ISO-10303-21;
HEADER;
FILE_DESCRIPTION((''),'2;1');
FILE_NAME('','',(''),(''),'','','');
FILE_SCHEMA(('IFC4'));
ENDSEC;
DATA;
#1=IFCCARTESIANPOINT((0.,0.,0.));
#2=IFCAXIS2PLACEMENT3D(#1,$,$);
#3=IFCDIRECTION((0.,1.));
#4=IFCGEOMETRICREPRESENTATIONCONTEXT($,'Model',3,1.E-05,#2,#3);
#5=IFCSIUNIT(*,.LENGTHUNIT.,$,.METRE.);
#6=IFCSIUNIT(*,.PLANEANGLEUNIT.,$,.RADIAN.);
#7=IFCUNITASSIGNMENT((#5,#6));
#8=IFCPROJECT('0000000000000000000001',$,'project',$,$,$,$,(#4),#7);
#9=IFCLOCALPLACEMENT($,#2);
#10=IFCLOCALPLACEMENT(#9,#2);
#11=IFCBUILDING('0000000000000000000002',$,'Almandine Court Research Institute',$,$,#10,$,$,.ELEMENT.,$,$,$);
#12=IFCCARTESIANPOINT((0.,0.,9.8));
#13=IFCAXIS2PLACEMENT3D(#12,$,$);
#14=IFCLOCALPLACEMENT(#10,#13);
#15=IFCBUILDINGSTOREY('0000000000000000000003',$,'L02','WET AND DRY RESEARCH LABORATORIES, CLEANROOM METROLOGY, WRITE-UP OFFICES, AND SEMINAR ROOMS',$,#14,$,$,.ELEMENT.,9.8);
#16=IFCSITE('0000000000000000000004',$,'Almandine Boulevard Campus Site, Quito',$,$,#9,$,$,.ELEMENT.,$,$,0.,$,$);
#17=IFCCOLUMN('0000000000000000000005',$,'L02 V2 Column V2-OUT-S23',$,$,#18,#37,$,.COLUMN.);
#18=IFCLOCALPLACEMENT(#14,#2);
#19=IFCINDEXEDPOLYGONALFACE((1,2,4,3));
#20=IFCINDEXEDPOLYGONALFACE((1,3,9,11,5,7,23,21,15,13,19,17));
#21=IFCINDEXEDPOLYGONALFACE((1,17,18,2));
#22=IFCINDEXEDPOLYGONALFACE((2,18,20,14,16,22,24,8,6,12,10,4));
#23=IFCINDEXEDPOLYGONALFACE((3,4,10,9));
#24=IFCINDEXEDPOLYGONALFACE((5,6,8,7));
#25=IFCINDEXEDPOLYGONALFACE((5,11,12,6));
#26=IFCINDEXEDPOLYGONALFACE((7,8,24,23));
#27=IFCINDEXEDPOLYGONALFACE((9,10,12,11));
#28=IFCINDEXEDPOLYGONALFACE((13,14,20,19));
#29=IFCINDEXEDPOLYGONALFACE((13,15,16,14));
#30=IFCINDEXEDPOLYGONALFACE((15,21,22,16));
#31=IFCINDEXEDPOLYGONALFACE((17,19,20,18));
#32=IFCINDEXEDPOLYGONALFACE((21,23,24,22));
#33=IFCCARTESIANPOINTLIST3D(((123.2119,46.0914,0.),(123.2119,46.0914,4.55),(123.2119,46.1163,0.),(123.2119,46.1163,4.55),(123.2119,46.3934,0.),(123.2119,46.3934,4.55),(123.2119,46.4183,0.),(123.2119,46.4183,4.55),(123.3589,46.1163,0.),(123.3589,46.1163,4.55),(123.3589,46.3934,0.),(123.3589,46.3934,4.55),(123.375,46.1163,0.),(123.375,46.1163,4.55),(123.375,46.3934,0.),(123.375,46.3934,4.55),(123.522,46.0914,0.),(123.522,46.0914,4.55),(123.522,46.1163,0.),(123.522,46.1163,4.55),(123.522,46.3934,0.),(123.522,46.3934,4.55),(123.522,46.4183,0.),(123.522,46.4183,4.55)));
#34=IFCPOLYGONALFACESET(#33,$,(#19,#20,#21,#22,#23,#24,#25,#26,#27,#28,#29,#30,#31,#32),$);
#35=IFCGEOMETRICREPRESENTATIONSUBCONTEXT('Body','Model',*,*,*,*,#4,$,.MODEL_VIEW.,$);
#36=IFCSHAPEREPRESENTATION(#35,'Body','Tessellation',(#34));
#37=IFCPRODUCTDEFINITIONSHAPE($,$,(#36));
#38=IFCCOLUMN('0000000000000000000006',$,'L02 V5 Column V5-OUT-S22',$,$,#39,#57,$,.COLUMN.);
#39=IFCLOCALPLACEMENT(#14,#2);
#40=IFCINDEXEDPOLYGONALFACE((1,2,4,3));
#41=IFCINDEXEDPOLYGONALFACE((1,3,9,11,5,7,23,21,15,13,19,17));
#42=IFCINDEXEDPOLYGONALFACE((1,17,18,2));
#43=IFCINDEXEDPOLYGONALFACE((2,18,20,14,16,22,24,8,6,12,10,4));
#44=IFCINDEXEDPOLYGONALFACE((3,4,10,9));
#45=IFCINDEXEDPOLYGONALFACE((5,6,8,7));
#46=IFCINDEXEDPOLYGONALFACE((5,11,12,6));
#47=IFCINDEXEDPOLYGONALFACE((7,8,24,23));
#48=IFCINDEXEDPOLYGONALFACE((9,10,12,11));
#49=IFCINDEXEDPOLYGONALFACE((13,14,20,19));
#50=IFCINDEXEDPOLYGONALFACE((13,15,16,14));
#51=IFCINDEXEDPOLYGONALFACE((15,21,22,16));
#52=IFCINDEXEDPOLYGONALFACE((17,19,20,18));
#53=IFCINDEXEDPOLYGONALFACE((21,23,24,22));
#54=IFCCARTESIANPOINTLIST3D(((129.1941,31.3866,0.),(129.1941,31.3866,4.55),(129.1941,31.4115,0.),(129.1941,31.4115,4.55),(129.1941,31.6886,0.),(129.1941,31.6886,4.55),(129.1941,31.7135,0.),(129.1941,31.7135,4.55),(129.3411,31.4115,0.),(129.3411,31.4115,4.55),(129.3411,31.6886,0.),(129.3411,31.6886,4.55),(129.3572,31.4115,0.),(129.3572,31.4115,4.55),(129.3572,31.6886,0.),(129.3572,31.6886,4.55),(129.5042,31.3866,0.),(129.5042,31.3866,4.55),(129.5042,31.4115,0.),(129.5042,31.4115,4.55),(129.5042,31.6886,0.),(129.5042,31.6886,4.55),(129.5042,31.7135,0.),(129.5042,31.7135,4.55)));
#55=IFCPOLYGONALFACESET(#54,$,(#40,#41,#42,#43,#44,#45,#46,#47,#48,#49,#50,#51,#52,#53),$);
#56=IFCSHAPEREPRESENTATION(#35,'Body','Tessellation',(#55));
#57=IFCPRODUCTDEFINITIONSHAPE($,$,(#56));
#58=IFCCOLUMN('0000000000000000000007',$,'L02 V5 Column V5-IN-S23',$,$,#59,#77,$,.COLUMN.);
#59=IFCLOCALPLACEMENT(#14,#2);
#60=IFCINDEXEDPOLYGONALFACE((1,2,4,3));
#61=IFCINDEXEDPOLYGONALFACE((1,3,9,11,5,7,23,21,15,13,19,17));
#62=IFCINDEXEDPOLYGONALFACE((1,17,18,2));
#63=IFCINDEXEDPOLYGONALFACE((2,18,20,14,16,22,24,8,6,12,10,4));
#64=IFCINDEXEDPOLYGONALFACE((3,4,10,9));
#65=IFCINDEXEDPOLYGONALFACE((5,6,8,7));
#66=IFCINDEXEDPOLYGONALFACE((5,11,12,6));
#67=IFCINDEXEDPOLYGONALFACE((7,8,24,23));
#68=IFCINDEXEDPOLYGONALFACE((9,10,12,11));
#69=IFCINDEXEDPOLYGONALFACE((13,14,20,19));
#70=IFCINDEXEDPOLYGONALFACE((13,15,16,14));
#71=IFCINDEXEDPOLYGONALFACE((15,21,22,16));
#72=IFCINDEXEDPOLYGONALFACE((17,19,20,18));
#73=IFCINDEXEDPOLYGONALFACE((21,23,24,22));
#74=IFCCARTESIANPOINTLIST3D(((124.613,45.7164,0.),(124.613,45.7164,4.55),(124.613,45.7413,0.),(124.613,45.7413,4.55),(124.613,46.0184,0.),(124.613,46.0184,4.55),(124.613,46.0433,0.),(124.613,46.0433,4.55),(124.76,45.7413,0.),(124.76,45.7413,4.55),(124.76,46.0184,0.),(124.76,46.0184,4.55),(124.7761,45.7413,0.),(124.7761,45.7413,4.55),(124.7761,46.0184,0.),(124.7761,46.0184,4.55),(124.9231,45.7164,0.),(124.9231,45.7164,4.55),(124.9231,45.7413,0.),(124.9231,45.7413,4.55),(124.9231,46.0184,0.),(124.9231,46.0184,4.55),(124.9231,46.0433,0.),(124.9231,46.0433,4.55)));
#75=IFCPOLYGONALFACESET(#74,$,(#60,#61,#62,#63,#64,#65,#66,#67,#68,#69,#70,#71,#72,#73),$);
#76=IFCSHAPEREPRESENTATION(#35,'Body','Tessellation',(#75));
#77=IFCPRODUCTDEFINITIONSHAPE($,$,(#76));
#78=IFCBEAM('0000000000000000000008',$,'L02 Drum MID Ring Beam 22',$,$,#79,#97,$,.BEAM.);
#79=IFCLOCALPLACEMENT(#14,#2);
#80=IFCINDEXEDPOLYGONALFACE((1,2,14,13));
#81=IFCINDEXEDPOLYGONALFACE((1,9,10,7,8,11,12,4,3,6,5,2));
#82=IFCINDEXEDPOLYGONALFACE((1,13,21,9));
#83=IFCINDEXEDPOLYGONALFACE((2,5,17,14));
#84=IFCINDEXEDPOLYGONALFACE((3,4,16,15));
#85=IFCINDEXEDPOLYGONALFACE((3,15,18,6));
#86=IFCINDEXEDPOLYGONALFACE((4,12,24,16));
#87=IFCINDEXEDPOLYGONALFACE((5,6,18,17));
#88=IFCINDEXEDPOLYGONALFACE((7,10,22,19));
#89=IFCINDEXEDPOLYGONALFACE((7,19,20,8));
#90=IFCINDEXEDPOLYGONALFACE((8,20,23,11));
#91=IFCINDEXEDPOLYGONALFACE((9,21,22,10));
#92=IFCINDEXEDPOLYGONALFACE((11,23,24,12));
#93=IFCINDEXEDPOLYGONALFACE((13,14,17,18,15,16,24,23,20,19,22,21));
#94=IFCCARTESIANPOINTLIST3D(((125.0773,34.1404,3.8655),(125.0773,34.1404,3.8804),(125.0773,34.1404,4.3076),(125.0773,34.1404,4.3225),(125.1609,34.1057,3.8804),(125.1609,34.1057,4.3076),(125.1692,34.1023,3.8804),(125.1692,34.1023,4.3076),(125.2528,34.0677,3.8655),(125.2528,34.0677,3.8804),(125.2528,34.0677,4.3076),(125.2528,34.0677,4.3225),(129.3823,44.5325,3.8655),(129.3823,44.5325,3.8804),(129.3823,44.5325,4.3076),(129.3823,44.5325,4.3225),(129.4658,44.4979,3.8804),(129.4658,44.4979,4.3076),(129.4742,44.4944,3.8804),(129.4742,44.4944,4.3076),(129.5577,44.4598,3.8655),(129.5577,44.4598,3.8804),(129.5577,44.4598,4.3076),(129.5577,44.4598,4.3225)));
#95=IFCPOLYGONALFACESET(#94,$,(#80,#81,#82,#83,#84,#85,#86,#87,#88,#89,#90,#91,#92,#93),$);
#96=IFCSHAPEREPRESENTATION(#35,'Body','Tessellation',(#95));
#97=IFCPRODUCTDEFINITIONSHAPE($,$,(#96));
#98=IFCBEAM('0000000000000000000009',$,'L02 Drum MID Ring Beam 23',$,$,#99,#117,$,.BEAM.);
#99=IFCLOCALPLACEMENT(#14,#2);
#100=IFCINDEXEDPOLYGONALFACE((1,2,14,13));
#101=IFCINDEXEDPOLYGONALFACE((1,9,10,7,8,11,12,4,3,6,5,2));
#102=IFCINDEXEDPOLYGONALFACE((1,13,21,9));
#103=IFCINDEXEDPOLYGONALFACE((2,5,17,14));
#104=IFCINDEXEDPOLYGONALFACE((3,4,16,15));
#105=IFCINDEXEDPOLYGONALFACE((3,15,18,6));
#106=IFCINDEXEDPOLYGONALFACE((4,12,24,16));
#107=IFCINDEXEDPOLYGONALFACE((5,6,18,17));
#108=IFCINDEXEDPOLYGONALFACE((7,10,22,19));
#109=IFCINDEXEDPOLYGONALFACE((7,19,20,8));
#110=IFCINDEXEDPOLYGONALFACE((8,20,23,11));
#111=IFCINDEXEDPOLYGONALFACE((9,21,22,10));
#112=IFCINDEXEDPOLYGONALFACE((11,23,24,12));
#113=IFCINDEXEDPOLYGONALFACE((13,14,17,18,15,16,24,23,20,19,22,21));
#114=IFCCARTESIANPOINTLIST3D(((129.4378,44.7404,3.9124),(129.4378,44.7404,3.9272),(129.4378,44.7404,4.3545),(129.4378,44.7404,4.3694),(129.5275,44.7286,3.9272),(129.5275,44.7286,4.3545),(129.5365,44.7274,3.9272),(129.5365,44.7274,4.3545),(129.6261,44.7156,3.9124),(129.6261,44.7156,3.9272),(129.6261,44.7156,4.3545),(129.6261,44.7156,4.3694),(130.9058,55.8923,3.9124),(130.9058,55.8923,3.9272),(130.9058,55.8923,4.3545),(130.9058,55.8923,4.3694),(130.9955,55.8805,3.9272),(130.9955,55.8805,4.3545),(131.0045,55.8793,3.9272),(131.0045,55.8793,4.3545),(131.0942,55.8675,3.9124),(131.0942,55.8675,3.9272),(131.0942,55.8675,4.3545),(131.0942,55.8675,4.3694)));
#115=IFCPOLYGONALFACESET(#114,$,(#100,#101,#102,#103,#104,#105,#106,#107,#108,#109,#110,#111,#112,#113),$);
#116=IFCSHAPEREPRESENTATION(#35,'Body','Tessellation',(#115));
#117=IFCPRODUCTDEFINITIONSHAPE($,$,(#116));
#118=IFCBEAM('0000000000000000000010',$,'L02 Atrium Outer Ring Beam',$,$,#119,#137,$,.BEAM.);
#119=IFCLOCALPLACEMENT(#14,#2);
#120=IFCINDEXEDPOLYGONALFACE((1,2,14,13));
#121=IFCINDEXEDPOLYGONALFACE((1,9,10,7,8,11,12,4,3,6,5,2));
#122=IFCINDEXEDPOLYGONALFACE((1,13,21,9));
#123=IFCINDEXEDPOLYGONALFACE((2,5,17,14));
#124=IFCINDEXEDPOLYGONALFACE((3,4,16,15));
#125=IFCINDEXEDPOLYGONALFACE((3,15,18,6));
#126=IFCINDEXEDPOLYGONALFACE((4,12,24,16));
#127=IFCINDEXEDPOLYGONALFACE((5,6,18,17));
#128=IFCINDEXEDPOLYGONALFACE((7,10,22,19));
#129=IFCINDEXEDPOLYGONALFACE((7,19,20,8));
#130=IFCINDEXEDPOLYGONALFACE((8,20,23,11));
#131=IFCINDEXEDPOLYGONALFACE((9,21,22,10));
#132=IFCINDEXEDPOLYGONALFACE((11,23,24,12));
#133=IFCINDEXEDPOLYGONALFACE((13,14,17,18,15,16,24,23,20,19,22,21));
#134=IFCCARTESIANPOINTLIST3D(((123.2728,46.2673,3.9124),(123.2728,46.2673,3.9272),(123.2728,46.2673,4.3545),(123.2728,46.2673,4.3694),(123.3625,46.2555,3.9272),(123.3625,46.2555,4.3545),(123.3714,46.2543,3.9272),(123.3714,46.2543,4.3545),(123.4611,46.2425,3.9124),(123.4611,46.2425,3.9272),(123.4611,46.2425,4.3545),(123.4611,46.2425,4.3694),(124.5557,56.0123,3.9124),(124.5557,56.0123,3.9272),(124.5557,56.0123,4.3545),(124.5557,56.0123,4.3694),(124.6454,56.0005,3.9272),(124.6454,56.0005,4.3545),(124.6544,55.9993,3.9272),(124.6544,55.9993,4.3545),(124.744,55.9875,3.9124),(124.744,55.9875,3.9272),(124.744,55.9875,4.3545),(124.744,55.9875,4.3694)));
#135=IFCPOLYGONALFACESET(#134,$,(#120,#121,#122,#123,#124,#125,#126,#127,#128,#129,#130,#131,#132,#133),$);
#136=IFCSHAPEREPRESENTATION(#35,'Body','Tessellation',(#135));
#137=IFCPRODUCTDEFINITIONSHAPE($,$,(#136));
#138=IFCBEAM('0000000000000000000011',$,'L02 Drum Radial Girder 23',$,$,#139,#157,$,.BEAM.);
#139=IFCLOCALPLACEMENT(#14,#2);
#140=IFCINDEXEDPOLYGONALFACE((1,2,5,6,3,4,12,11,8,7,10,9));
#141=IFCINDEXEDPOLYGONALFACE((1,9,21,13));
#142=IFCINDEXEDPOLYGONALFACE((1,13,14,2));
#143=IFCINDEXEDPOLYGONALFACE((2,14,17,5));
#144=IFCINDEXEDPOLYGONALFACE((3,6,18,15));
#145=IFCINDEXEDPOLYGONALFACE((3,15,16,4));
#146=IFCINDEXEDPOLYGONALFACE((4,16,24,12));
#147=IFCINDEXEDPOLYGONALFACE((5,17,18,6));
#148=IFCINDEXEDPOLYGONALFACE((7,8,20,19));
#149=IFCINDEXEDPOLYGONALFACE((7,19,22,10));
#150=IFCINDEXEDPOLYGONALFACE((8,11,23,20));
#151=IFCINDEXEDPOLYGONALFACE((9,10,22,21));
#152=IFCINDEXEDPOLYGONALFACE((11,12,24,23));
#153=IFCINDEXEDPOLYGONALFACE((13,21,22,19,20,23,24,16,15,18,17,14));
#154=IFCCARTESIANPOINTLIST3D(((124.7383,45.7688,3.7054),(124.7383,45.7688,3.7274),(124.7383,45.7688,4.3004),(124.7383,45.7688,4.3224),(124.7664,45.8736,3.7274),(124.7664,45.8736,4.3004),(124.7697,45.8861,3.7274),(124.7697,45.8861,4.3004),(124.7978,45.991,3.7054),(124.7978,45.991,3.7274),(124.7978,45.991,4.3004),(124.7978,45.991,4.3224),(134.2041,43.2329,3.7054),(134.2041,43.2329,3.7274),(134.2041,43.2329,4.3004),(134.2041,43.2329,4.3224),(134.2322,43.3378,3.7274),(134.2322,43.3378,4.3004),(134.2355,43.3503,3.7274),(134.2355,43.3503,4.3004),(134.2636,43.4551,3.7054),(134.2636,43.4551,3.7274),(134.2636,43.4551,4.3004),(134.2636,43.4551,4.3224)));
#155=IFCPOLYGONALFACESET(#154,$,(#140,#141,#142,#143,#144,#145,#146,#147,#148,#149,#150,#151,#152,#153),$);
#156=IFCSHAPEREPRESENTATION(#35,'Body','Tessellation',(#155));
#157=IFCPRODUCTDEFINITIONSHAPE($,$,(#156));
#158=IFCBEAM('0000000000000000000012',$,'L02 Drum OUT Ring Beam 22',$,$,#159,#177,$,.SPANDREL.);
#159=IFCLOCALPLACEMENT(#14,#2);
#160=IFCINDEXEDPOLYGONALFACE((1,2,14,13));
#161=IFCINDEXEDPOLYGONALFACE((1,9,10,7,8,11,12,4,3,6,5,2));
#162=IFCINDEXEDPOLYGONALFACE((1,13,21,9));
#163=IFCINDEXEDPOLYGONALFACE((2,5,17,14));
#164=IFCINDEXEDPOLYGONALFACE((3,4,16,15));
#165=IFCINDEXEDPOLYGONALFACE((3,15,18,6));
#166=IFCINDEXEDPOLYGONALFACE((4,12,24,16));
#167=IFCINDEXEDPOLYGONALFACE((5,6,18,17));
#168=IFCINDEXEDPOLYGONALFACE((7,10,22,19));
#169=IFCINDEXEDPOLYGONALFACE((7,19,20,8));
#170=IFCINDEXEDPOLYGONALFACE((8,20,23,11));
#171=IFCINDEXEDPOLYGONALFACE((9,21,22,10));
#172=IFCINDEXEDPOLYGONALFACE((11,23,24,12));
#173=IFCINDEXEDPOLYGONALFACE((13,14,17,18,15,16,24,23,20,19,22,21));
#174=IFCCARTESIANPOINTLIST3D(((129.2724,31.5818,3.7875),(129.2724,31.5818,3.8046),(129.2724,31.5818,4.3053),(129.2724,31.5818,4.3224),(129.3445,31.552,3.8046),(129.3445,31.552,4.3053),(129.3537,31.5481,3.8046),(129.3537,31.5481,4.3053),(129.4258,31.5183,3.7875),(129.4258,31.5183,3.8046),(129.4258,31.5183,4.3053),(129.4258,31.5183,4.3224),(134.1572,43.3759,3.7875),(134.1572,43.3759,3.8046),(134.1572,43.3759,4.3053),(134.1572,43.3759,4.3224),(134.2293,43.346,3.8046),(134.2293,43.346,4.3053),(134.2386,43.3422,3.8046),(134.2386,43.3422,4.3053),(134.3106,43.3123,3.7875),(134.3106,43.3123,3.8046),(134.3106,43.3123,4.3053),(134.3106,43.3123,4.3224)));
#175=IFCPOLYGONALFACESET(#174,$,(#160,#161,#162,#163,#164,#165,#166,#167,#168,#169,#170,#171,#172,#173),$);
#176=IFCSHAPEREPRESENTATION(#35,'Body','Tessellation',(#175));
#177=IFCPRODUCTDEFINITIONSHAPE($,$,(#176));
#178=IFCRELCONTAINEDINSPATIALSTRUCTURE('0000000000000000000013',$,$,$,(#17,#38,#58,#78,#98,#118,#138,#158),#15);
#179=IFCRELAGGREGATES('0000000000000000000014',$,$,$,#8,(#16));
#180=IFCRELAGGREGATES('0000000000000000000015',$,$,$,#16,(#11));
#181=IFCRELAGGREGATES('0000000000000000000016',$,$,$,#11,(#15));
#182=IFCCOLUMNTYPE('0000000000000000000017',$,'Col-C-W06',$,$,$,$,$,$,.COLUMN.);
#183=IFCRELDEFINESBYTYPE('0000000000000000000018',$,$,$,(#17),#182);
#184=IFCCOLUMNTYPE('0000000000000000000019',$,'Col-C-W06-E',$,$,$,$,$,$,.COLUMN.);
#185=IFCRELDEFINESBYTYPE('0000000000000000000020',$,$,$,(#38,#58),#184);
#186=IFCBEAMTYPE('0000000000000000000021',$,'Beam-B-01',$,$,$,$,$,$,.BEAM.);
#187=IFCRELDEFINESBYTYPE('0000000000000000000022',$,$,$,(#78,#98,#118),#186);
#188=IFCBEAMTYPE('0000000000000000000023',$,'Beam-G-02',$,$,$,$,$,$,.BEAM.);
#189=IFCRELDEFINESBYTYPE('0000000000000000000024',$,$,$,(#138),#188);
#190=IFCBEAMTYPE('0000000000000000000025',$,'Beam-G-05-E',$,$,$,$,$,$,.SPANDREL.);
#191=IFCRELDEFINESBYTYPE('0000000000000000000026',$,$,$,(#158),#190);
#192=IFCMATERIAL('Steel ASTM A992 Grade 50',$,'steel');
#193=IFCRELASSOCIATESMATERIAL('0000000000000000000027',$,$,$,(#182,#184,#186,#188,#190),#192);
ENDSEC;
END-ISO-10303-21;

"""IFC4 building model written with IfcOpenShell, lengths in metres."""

from ifc_helpers import new_model, si_unit, direction, frame, origin, origin_2d, place, context, subcontext, project, spatial, i_section, extrude, material, material_profile, profile_set, type_object, element, save


model = new_model("IFC4")

# Units and contexts
model_context = context("Model", 3, precision=1e-05, world=origin(), true_north=direction((0.0, 1.0)))
body_context = subcontext(model_context, "Body", "Model", "MODEL_VIEW")
ifc_project = project(units=[si_unit("LENGTHUNIT", "METRE"), si_unit("PLANEANGLEUNIT", "RADIAN")], contexts=[model_context])

# Site, building, storey
site_placement = place(None, origin())
site = spatial("IfcSite", under=ifc_project, at=site_placement, Name="Almandine Boulevard Campus Site, Quito", CompositionType="ELEMENT", RefElevation=0.0)
building_placement = place(site_placement, origin())
building = spatial("IfcBuilding", under=site, at=building_placement, Name="Almandine Court Research Institute", CompositionType="ELEMENT")
storey_placement = place(building_placement, frame((0.0, 0.0, 9.8)))
storey = spatial("IfcBuildingStorey", under=building, at=storey_placement, Name="L02", Description="WET AND DRY RESEARCH LABORATORIES, CLEANROOM METROLOGY, WRITE-UP OFFICES, AND SEMINAR ROOMS", CompositionType="ELEMENT", Elevation=9.8)

# Columns
ifc_material_1 = material(Name="Steel ASTM A992 Grade 50", Category="steel")
ifc_material_profile_1 = material_profile(ifc_material_1, i_section(OverallWidth=0.3101, OverallDepth=0.3269, WebThickness=0.0161, FlangeThickness=0.0249, at=origin_2d()), Name="W310x158")
ifc_profile_set_1 = profile_set([ifc_material_profile_1], Name="Steel ASTM A992 Grade 50")
column_type_1 = type_object("IfcColumnType", Name="Col-C-W06", PredefinedType="COLUMN", material=ifc_profile_set_1)
column_placement = place(storey_placement, frame((123.3669, 46.2549, 0.0), z_axis=(0.0, 0.0, 1.0), x_axis=(1.0, 0.0, 0.0)))
element("IfcColumn", 1, at=column_placement, inside=storey, type_object=column_type_1, Name="L02 V2 Column V2-OUT-S23", PredefinedType="COLUMN", context=body_context, shape_type="SweptSolid", body=[
    extrude(i_section(OverallWidth=0.3101, OverallDepth=0.3269, WebThickness=0.0161, FlangeThickness=0.0249, at=origin_2d()), origin(), (0.0, 0.0, 1.0), 4.55),
])
ifc_material_profile_2 = material_profile(ifc_material_1, i_section(OverallWidth=0.3101, OverallDepth=0.3269, WebThickness=0.0161, FlangeThickness=0.0249, at=origin_2d()), Name="W310x158")
ifc_profile_set_2 = profile_set([ifc_material_profile_2], Name="Steel ASTM A992 Grade 50")
column_type_2 = type_object("IfcColumnType", Name="Col-C-W06-E", PredefinedType="COLUMN", material=ifc_profile_set_2)
for number, where, z_axis, x_axis, name in (
    (2, (129.3491, 31.55, 0.0), (0.0, 0.0, 1.0), (1.0, 0.0, 0.0), "L02 V5 Column V5-OUT-S22"),
    (3, (124.7681, 45.8799, 0.0), (0.0, 0.0, 1.0), (1.0, 0.0, 0.0), "L02 V5 Column V5-IN-S23"),
):
    element("IfcColumn", number, at=place(storey_placement, frame(where, z_axis=z_axis, x_axis=x_axis)), inside=storey, type_object=column_type_2, Name=name, PredefinedType="COLUMN", context=body_context, shape_type="SweptSolid", body=[
        extrude(i_section(OverallWidth=0.3101, OverallDepth=0.3269, WebThickness=0.0161, FlangeThickness=0.0249, at=origin_2d()), origin(), (0.0, 0.0, 1.0), 4.55),
    ])

# Beams
ifc_material_profile_3 = material_profile(ifc_material_1, i_section(OverallWidth=0.1899, OverallDepth=0.457, WebThickness=0.009, FlangeThickness=0.0149, at=origin_2d()), Name="W460x74")
ifc_profile_set_3 = profile_set([ifc_material_profile_3], Name="Steel ASTM A992 Grade 50")
beam_type_1 = type_object("IfcBeamType", Name="Beam-B-01", PredefinedType="BEAM", material=ifc_profile_set_3)
beam_1_placement = place(storey_placement, frame((125.165, 34.104, 4.094), z_axis=(0.382713, 0.923867, 0.0), x_axis=(-0.923867, 0.382713, 0.0)))
element("IfcBeam", 4, at=beam_1_placement, inside=storey, type_object=beam_type_1, Name="L02 Drum MID Ring Beam 22", PredefinedType="BEAM", context=body_context, shape_type="SweptSolid", body=[
    extrude(i_section(OverallWidth=0.1899, OverallDepth=0.457, WebThickness=0.009, FlangeThickness=0.0149, at=origin_2d()), origin(), (0.0, 0.0, 1.0), 11.2485),
])
beam_2_placement = place(storey_placement, frame((129.532, 44.728, 4.1409), z_axis=(0.130513, 0.991447, 0.0), x_axis=(-0.991447, 0.130513, 0.0)))
element("IfcBeam", 5, at=beam_2_placement, inside=storey, type_object=beam_type_1, Name="L02 Drum MID Ring Beam 23", PredefinedType="BEAM", context=body_context, shape_type="SweptSolid", body=[
    extrude(i_section(OverallWidth=0.1899, OverallDepth=0.457, WebThickness=0.009, FlangeThickness=0.0149, at=origin_2d()), origin(), (0.0, 0.0, 1.0), 11.248),
])
beam_3_placement = place(storey_placement, frame((123.3669, 46.2549, 4.1409), z_axis=(0.130525, 0.991445, 0.0), x_axis=(-0.991445, 0.130525, 0.0)))
element("IfcBeam", 6, at=beam_3_placement, inside=storey, type_object=beam_type_1, Name="L02 Atrium Outer Ring Beam", PredefinedType="BEAM", context=body_context, shape_type="SweptSolid", body=[
    extrude(i_section(OverallWidth=0.1899, OverallDepth=0.457, WebThickness=0.009, FlangeThickness=0.0149, at=origin_2d()), origin(), (0.0, 0.0, 1.0), 9.8291),
])
ifc_material_profile_4 = material_profile(ifc_material_1, i_section(OverallWidth=0.23, OverallDepth=0.6169, WebThickness=0.0129, FlangeThickness=0.022, at=origin_2d()), Name="W610x140")
ifc_profile_set_4 = profile_set([ifc_material_profile_4], Name="Steel ASTM A992 Grade 50")
beam_type_2 = type_object("IfcBeamType", Name="Beam-G-02", PredefinedType="BEAM", material=ifc_profile_set_4)
beam_4_placement = place(storey_placement, frame((124.7681, 45.8799, 4.0139), z_axis=(0.965938, -0.258774, 0.0), x_axis=(0.258774, 0.965938, 0.0)))
element("IfcBeam", 7, at=beam_4_placement, inside=storey, type_object=beam_type_2, Name="L02 Drum Radial Girder 23", PredefinedType="BEAM", context=body_context, shape_type="SweptSolid", body=[
    extrude(i_section(OverallWidth=0.23, OverallDepth=0.6169, WebThickness=0.0129, FlangeThickness=0.022, at=origin_2d()), origin(), (0.0, 0.0, 1.0), 9.7996),
])
ifc_material_profile_5 = material_profile(ifc_material_1, i_section(OverallWidth=0.166, OverallDepth=0.5349, WebThickness=0.01, FlangeThickness=0.0171, at=origin_2d()), Name="W530x85")
ifc_profile_set_5 = profile_set([ifc_material_profile_5], Name="Steel ASTM A992 Grade 50")
beam_type_3 = type_object("IfcBeamType", Name="Beam-G-05-E", PredefinedType="SPANDREL", material=ifc_profile_set_5)
beam_5_placement = place(storey_placement, frame((129.3491, 31.55, 4.0549), z_axis=(0.382654, 0.923892, 0.0), x_axis=(-0.923892, 0.382654, 0.0)))
element("IfcBeam", 8, at=beam_5_placement, inside=storey, type_object=beam_type_3, Name="L02 Drum OUT Ring Beam 22", PredefinedType="SPANDREL", context=body_context, shape_type="SweptSolid", body=[
    extrude(i_section(OverallWidth=0.166, OverallDepth=0.5349, WebThickness=0.01, FlangeThickness=0.0171, at=origin_2d()), origin(), (0.0, 0.0, 1.0), 12.7656),
])

save(model, "model.ifc")
